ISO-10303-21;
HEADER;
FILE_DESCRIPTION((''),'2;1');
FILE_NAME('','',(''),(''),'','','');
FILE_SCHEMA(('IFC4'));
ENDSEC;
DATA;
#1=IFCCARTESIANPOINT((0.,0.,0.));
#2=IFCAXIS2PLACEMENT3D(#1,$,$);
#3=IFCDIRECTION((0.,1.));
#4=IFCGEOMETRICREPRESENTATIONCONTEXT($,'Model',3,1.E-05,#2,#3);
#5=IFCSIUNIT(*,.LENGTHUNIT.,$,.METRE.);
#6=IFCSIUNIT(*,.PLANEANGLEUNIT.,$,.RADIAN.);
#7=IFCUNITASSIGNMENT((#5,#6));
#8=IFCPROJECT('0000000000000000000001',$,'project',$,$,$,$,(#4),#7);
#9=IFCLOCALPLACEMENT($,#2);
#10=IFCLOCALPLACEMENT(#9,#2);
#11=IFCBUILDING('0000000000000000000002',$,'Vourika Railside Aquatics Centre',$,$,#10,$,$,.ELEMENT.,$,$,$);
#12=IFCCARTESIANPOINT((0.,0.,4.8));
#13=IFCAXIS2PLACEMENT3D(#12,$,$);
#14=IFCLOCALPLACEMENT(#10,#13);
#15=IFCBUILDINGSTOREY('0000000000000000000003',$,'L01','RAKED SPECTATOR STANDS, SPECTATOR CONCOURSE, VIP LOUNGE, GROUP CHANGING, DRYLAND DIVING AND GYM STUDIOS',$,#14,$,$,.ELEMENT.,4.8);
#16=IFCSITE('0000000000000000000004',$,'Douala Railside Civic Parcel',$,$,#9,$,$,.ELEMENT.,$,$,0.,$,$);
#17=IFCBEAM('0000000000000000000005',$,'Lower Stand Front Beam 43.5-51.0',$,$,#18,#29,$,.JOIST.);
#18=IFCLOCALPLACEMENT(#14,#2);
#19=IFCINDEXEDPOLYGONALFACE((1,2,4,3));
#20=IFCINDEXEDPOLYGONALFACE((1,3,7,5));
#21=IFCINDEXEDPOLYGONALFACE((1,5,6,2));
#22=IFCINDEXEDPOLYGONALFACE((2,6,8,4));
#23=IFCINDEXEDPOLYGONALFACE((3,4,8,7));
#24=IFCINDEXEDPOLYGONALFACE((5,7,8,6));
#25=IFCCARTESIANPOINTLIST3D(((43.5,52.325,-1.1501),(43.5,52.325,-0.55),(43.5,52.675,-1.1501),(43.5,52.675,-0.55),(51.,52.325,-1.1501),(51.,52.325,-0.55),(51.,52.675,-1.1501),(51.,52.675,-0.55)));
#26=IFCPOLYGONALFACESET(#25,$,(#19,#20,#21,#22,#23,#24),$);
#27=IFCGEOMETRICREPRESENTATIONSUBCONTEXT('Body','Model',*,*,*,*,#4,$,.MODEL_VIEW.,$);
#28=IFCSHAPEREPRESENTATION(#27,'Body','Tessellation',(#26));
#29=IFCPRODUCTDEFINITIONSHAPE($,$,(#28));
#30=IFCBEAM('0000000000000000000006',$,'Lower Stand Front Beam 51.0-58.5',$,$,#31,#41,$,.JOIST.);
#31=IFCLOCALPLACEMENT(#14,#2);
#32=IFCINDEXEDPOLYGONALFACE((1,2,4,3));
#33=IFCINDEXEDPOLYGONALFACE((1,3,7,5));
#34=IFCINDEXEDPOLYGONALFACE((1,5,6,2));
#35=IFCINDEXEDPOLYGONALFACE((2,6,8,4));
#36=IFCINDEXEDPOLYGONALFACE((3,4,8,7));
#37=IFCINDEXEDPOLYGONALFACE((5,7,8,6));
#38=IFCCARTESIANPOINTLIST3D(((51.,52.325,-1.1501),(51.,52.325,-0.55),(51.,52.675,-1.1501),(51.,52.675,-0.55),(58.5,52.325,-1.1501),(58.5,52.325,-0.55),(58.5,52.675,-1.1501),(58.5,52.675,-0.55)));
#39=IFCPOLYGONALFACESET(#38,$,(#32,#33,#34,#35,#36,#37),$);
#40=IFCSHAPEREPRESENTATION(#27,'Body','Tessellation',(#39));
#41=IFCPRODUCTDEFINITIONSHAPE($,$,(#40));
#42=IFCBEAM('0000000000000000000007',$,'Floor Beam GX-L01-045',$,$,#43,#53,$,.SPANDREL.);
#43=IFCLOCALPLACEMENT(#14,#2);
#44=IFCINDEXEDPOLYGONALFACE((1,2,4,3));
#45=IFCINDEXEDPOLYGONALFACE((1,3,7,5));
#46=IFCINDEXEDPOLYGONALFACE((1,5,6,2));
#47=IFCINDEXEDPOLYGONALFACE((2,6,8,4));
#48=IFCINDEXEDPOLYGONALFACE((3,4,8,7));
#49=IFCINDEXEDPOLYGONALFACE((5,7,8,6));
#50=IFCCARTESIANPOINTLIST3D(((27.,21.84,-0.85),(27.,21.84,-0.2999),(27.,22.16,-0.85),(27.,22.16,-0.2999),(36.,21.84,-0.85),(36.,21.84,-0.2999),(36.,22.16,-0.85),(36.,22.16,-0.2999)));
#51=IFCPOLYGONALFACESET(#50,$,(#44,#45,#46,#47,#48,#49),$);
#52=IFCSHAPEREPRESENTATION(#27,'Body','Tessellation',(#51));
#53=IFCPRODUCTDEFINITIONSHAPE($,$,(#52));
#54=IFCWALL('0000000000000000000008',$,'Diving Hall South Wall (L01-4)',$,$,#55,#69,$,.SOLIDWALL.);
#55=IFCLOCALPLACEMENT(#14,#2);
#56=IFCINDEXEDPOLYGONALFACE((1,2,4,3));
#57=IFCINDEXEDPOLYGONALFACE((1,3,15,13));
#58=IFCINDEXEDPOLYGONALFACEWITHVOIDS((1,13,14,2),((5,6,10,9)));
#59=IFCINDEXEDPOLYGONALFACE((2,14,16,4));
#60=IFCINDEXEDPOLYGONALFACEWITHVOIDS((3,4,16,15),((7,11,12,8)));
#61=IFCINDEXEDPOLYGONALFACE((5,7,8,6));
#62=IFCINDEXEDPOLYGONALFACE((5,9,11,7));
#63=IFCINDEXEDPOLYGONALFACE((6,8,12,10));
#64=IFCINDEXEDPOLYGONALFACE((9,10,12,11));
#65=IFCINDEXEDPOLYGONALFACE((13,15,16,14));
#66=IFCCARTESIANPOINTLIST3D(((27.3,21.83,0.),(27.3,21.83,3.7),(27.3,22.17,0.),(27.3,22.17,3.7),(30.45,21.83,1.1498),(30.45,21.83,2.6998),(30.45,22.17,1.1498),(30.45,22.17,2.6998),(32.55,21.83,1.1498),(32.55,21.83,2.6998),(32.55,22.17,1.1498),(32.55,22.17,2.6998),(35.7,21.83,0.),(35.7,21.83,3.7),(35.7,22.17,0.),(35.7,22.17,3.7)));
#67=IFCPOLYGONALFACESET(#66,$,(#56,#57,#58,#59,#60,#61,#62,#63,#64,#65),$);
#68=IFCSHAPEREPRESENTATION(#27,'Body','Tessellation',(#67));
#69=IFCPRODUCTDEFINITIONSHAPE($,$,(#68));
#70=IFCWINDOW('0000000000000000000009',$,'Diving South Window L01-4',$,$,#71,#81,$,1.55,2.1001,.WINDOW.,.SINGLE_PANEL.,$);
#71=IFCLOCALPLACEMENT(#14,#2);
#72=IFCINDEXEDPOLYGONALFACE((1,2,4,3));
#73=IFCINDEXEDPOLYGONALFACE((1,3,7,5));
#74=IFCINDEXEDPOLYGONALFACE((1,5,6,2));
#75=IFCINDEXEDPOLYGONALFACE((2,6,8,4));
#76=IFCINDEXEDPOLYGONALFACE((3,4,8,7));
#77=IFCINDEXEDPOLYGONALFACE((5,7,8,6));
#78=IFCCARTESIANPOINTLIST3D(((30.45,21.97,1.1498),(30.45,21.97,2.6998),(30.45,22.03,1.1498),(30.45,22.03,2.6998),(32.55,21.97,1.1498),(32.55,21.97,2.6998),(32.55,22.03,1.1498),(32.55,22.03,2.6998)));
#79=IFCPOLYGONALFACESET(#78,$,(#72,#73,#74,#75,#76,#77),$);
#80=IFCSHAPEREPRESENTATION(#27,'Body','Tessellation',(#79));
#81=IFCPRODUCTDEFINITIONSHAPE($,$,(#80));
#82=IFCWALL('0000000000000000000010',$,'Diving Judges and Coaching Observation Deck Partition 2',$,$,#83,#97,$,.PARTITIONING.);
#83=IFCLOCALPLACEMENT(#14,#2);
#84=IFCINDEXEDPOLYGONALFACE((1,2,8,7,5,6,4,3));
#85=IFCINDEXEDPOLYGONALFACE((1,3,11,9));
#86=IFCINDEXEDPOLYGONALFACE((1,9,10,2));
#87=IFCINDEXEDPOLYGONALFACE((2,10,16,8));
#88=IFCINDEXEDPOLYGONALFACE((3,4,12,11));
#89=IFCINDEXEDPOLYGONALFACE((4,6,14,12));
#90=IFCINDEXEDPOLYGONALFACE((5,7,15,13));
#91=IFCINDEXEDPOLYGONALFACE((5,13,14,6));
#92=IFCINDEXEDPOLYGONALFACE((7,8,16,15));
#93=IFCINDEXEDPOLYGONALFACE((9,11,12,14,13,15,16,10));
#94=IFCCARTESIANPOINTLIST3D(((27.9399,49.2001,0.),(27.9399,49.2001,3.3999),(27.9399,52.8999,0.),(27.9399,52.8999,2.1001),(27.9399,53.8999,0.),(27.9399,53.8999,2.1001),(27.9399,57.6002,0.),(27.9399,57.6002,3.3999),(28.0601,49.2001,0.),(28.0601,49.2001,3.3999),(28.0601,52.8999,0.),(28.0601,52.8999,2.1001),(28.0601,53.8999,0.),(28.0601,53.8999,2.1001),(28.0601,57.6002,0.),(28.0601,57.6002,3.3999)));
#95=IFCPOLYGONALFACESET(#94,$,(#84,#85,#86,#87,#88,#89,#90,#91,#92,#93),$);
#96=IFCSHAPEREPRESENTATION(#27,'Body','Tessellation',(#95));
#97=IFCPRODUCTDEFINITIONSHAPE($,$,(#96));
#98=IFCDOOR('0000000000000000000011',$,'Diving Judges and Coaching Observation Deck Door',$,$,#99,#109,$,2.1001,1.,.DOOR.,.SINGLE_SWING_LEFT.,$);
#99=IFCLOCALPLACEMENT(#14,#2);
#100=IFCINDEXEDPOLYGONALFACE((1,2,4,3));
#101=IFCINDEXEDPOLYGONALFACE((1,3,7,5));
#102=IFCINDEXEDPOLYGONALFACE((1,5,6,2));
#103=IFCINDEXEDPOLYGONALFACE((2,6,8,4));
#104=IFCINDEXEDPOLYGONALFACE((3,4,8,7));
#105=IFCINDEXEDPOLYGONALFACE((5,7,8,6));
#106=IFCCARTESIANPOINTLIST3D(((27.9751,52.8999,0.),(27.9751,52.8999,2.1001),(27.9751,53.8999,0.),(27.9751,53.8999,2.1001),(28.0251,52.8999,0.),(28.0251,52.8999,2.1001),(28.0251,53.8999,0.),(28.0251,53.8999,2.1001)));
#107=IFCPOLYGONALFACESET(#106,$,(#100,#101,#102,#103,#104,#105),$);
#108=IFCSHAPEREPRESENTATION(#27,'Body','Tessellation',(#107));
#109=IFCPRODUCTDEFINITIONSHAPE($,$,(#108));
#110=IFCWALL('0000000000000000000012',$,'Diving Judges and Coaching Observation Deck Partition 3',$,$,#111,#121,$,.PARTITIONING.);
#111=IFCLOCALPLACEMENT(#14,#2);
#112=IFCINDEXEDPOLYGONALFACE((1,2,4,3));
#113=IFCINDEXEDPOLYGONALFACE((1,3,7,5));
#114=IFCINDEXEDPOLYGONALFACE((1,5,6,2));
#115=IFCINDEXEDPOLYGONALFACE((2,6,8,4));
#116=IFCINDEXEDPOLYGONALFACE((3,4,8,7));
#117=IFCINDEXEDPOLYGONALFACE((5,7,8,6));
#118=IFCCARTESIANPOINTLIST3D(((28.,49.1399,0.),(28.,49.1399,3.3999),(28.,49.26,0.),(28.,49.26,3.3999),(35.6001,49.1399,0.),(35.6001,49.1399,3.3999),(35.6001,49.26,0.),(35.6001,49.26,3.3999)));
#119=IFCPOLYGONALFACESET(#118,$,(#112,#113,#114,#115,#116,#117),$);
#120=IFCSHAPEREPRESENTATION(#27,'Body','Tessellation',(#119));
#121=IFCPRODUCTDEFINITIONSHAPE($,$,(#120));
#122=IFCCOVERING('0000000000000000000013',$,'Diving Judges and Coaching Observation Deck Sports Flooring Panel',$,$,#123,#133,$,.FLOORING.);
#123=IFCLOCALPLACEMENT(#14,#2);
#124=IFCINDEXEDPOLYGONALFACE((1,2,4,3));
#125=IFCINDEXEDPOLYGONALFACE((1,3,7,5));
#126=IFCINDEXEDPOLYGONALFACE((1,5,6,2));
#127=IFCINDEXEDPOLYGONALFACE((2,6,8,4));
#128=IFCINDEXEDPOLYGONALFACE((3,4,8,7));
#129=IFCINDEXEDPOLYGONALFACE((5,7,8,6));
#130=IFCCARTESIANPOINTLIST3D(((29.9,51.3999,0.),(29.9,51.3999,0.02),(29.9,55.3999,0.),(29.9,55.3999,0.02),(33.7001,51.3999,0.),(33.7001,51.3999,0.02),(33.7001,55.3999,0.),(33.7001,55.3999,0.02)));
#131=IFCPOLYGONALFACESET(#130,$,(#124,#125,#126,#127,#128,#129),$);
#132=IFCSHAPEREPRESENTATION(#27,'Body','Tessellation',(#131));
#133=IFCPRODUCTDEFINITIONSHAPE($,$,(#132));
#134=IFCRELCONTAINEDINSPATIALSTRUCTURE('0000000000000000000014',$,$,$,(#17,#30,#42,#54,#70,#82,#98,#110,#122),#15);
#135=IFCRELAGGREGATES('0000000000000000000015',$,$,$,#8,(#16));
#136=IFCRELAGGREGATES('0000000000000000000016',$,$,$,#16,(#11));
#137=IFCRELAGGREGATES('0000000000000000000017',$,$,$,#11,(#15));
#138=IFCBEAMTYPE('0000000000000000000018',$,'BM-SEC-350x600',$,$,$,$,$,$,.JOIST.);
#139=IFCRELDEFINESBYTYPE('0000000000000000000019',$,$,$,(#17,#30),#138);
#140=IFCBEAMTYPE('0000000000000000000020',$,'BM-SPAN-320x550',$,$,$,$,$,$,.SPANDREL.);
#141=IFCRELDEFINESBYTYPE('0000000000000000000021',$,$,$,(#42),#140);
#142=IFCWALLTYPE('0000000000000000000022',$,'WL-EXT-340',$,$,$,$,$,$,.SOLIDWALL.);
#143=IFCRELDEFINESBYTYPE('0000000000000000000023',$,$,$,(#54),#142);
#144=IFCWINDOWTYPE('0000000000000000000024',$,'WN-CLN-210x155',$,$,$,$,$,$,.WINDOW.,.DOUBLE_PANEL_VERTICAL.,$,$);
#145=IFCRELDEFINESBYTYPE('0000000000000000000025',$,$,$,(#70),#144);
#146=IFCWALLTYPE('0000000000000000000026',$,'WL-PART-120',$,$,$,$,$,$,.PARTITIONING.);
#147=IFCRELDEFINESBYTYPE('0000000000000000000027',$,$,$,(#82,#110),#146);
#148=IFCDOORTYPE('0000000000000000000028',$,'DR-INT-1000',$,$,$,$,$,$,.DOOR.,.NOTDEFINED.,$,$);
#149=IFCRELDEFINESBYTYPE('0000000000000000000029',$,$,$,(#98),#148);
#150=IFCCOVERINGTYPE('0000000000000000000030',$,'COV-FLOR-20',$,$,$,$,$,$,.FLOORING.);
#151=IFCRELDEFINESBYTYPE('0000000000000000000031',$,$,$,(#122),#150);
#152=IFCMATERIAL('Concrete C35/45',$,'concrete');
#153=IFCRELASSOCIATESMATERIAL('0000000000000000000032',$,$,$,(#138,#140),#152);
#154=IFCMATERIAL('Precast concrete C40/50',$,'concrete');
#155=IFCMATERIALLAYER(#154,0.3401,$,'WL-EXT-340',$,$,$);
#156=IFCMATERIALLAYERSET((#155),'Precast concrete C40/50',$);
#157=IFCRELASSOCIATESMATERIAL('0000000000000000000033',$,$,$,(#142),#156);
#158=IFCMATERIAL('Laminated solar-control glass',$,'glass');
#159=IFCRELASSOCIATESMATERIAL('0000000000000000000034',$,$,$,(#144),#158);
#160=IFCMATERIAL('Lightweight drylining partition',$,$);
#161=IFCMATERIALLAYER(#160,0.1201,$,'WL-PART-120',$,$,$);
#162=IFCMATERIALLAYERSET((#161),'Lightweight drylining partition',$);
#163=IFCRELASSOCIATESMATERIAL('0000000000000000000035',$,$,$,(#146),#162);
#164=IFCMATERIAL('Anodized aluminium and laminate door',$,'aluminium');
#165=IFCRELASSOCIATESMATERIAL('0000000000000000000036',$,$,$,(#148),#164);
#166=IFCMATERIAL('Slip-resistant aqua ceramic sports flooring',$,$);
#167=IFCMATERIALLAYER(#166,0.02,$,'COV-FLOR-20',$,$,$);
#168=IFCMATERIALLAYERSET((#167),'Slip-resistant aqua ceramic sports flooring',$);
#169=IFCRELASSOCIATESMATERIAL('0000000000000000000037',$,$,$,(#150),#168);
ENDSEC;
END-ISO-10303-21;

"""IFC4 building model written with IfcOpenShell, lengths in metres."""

from ifc_helpers import new_model, si_unit, direction, frame, frame_2d, origin, origin_2d, place, context, subcontext, project, spatial, rectangle, extrude, material, layer, layer_set, material_profile, profile_set, type_object, element, fill, save


model = new_model("IFC4")

# Units and contexts
model_context = context("Model", 3, precision=1e-05, world=origin(), true_north=direction((0.0, 1.0)))
body_context = subcontext(model_context, "Body", "Model", "MODEL_VIEW")
ifc_project = project(units=[si_unit("LENGTHUNIT", "METRE"), si_unit("PLANEANGLEUNIT", "RADIAN")], contexts=[model_context])

# Site, building, storey
site_placement = place(None, origin())
site = spatial("IfcSite", under=ifc_project, at=site_placement, Name="Douala Railside Civic Parcel", CompositionType="ELEMENT", RefElevation=0.0)
building_placement = place(site_placement, origin())
building = spatial("IfcBuilding", under=site, at=building_placement, Name="Vourika Railside Aquatics Centre", CompositionType="ELEMENT")
storey_placement = place(building_placement, frame((0.0, 0.0, 4.8)))
storey = spatial("IfcBuildingStorey", under=building, at=storey_placement, Name="L01", Description="RAKED SPECTATOR STANDS, SPECTATOR CONCOURSE, VIP LOUNGE, GROUP CHANGING, DRYLAND DIVING AND GYM STUDIOS", CompositionType="ELEMENT", Elevation=4.8)

# Beams
ifc_material_1 = material(Name="Concrete C35/45", Category="concrete")
ifc_material_profile_1 = material_profile(ifc_material_1, rectangle(XDim=0.3501, YDim=0.6001, at=origin_2d()), Name="RC 350x600")
ifc_profile_set_1 = profile_set([ifc_material_profile_1], Name="Concrete C35/45")
beam_type_1 = type_object("IfcBeamType", Name="BM-SEC-350x600", PredefinedType="JOIST", material=ifc_profile_set_1)
for number, where, z_axis, x_axis, name in (
    (1, (43.5, 52.5, -0.8501), (1.0, 0.0, 0.0), (0.0, 1.0, 0.0), "Lower Stand Front Beam 43.5-51.0"),
    (2, (51.0, 52.5, -0.8501), (1.0, 0.0, 0.0), (0.0, 1.0, 0.0), "Lower Stand Front Beam 51.0-58.5"),
):
    element("IfcBeam", number, at=place(storey_placement, frame(where, z_axis=z_axis, x_axis=x_axis)), inside=storey, type_object=beam_type_1, Name=name, PredefinedType="JOIST", context=body_context, shape_type="SweptSolid", body=[
        extrude(rectangle(XDim=0.3501, YDim=0.6001, at=origin_2d()), origin(), (0.0, 0.0, 1.0), 7.5),
    ])
ifc_material_profile_2 = material_profile(ifc_material_1, rectangle(XDim=0.3201, YDim=0.55, at=origin_2d()), Name="RC 320x550")
ifc_profile_set_2 = profile_set([ifc_material_profile_2], Name="Concrete C35/45")
beam_type_2 = type_object("IfcBeamType", Name="BM-SPAN-320x550", PredefinedType="SPANDREL", material=ifc_profile_set_2)
beam_placement = place(storey_placement, frame((27.0, 22.0, -0.575), z_axis=(1.0, 0.0, 0.0), x_axis=(0.0, 1.0, 0.0)))
element("IfcBeam", 3, at=beam_placement, inside=storey, type_object=beam_type_2, Name="Floor Beam GX-L01-045", PredefinedType="SPANDREL", context=body_context, shape_type="SweptSolid", body=[
    extrude(rectangle(XDim=0.3201, YDim=0.55, at=origin_2d()), origin(), (0.0, 0.0, 1.0), 9.0),
])

# Wall, opening, window
ifc_material_2 = material(Name="Precast concrete C40/50", Category="concrete")
ifc_layer_1 = layer(ifc_material_2, 0.3401, Name="WL-EXT-340")
ifc_layer_set_1 = layer_set([ifc_layer_1], Name="Precast concrete C40/50")
wall_type_1 = type_object("IfcWallType", Name="WL-EXT-340", PredefinedType="SOLIDWALL", material=ifc_layer_set_1)
wall_1_placement = place(storey_placement, frame((27.3, 22.0, 0.0), z_axis=(0.0, 0.0, 1.0), x_axis=(1.0, 0.0, 0.0)))
wall_1 = element("IfcWall", 4, at=wall_1_placement, inside=storey, type_object=wall_type_1, Name="Diving Hall South Wall (L01-4)", PredefinedType="SOLIDWALL", context=body_context, shape_type="SweptSolid", body=[
    extrude(rectangle(XDim=8.3999, YDim=0.3401, at=frame_2d((4.2, 0.0))), origin(), (0.0, 0.0, 1.0), 3.7),
])
opening_1_placement = place(wall_1_placement, frame((3.1499, 0.0, 1.1499)))
opening_1 = element("IfcOpeningElement", 5, at=opening_1_placement, cuts=wall_1, PredefinedType="OPENING", context=body_context, shape_type="SweptSolid", body=[
    extrude(rectangle(XDim=2.1001, YDim=1.55, at=frame_2d((1.05, 0.7749))), frame((0.0, 0.1802, 0.0), z_axis=(0.0, -1.0, 0.0), x_axis=(1.0, 0.0, 0.0)), (0.0, 0.0, 1.0), 0.3601),
])
ifc_material_3 = material(Name="Laminated solar-control glass", Category="glass")
window_type = type_object("IfcWindowType", Name="WN-CLN-210x155", PartitioningType="DOUBLE_PANEL_VERTICAL", PredefinedType="WINDOW", material=ifc_material_3)
window_placement = place(opening_1_placement, origin())
window = element("IfcWindow", 6, at=window_placement, inside=storey, type_object=window_type, Name="Diving South Window L01-4", OverallHeight=1.55, OverallWidth=2.1001, PartitioningType="SINGLE_PANEL", PredefinedType="WINDOW", context=body_context, shape_type="SweptSolid", body=[
    extrude(rectangle(XDim=2.1001, YDim=1.55, at=frame_2d((1.05, 0.7749))), frame((0.0, 0.03, 0.0), z_axis=(0.0, -1.0, 0.0), x_axis=(1.0, 0.0, 0.0)), (0.0, 0.0, 1.0), 0.0601),
])
fill(opening_1, window)

# Wall, opening, door
ifc_material_4 = material(Name="Lightweight drylining partition")
ifc_layer_2 = layer(ifc_material_4, 0.1201, Name="WL-PART-120")
ifc_layer_set_2 = layer_set([ifc_layer_2], Name="Lightweight drylining partition")
wall_type_2 = type_object("IfcWallType", Name="WL-PART-120", PredefinedType="PARTITIONING", material=ifc_layer_set_2)
wall_2_placement = place(storey_placement, frame((28.0, 49.2, 0.0), z_axis=(0.0, 0.0, 1.0), x_axis=(0.0, 1.0, 0.0)))
wall_2 = element("IfcWall", 7, at=wall_2_placement, inside=storey, type_object=wall_type_2, Name="Diving Judges and Coaching Observation Deck Partition 2", PredefinedType="PARTITIONING", context=body_context, shape_type="SweptSolid", body=[
    extrude(rectangle(XDim=8.4001, YDim=0.1201, at=frame_2d((4.2002, 0.0))), origin(), (0.0, 0.0, 1.0), 3.3999),
])
opening_2_placement = place(wall_2_placement, frame((3.7, 0.0, 0.0)))
opening_2 = element("IfcOpeningElement", 8, at=opening_2_placement, cuts=wall_2, PredefinedType="OPENING", context=body_context, shape_type="SweptSolid", body=[
    extrude(rectangle(XDim=1.0, YDim=2.1001, at=frame_2d((0.5, 1.05))), frame((0.0, 0.0701, 0.0), z_axis=(0.0, -1.0, 0.0), x_axis=(1.0, 0.0, 0.0)), (0.0, 0.0, 1.0), 0.1401),
])
ifc_material_5 = material(Name="Anodized aluminium and laminate door", Category="aluminium")
door_type = type_object("IfcDoorType", Name="DR-INT-1000", OperationType="NOTDEFINED", PredefinedType="DOOR", material=ifc_material_5)
door_placement = place(opening_2_placement, origin())
door = element("IfcDoor", 9, at=door_placement, inside=storey, type_object=door_type, Name="Diving Judges and Coaching Observation Deck Door", OperationType="SINGLE_SWING_LEFT", OverallHeight=2.1001, OverallWidth=1.0, PredefinedType="DOOR", context=body_context, shape_type="SweptSolid", body=[
    extrude(rectangle(XDim=1.0, YDim=2.1001, at=frame_2d((0.5, 1.05))), frame((0.0, 0.0249, 0.0), z_axis=(0.0, -1.0, 0.0), x_axis=(1.0, 0.0, 0.0)), (0.0, 0.0, 1.0), 0.05),
])
fill(opening_2, door)

# Wall
wall_3_placement = place(storey_placement, frame((35.6001, 49.2, 0.0), z_axis=(0.0, 0.0, 1.0), x_axis=(-1.0, 0.0, 0.0)))
element("IfcWall", 10, at=wall_3_placement, inside=storey, type_object=wall_type_2, Name="Diving Judges and Coaching Observation Deck Partition 3", PredefinedType="PARTITIONING", context=body_context, shape_type="SweptSolid", body=[
    extrude(rectangle(XDim=7.6001, YDim=0.1201, at=frame_2d((3.8, 0.0))), origin(), (0.0, 0.0, 1.0), 3.3999),
])

# Covering
ifc_material_6 = material(Name="Slip-resistant aqua ceramic sports flooring")
ifc_layer_3 = layer(ifc_material_6, 0.02, Name="COV-FLOR-20")
ifc_layer_set_3 = layer_set([ifc_layer_3], Name="Slip-resistant aqua ceramic sports flooring")
covering_type = type_object("IfcCoveringType", Name="COV-FLOR-20", PredefinedType="FLOORING", material=ifc_layer_set_3)
covering_placement = place(storey_placement, frame((31.8, 53.3999, 0.0), z_axis=(0.0, 0.0, 1.0), x_axis=(1.0, 0.0, 0.0)))
element("IfcCovering", 11, at=covering_placement, inside=storey, type_object=covering_type, Name="Diving Judges and Coaching Observation Deck Sports Flooring Panel", PredefinedType="FLOORING", context=body_context, shape_type="SweptSolid", body=[
    extrude(rectangle(XDim=3.8, YDim=4.0, at=origin_2d()), origin(), (0.0, 0.0, 1.0), 0.02),
])

save(model, "model.ifc")
